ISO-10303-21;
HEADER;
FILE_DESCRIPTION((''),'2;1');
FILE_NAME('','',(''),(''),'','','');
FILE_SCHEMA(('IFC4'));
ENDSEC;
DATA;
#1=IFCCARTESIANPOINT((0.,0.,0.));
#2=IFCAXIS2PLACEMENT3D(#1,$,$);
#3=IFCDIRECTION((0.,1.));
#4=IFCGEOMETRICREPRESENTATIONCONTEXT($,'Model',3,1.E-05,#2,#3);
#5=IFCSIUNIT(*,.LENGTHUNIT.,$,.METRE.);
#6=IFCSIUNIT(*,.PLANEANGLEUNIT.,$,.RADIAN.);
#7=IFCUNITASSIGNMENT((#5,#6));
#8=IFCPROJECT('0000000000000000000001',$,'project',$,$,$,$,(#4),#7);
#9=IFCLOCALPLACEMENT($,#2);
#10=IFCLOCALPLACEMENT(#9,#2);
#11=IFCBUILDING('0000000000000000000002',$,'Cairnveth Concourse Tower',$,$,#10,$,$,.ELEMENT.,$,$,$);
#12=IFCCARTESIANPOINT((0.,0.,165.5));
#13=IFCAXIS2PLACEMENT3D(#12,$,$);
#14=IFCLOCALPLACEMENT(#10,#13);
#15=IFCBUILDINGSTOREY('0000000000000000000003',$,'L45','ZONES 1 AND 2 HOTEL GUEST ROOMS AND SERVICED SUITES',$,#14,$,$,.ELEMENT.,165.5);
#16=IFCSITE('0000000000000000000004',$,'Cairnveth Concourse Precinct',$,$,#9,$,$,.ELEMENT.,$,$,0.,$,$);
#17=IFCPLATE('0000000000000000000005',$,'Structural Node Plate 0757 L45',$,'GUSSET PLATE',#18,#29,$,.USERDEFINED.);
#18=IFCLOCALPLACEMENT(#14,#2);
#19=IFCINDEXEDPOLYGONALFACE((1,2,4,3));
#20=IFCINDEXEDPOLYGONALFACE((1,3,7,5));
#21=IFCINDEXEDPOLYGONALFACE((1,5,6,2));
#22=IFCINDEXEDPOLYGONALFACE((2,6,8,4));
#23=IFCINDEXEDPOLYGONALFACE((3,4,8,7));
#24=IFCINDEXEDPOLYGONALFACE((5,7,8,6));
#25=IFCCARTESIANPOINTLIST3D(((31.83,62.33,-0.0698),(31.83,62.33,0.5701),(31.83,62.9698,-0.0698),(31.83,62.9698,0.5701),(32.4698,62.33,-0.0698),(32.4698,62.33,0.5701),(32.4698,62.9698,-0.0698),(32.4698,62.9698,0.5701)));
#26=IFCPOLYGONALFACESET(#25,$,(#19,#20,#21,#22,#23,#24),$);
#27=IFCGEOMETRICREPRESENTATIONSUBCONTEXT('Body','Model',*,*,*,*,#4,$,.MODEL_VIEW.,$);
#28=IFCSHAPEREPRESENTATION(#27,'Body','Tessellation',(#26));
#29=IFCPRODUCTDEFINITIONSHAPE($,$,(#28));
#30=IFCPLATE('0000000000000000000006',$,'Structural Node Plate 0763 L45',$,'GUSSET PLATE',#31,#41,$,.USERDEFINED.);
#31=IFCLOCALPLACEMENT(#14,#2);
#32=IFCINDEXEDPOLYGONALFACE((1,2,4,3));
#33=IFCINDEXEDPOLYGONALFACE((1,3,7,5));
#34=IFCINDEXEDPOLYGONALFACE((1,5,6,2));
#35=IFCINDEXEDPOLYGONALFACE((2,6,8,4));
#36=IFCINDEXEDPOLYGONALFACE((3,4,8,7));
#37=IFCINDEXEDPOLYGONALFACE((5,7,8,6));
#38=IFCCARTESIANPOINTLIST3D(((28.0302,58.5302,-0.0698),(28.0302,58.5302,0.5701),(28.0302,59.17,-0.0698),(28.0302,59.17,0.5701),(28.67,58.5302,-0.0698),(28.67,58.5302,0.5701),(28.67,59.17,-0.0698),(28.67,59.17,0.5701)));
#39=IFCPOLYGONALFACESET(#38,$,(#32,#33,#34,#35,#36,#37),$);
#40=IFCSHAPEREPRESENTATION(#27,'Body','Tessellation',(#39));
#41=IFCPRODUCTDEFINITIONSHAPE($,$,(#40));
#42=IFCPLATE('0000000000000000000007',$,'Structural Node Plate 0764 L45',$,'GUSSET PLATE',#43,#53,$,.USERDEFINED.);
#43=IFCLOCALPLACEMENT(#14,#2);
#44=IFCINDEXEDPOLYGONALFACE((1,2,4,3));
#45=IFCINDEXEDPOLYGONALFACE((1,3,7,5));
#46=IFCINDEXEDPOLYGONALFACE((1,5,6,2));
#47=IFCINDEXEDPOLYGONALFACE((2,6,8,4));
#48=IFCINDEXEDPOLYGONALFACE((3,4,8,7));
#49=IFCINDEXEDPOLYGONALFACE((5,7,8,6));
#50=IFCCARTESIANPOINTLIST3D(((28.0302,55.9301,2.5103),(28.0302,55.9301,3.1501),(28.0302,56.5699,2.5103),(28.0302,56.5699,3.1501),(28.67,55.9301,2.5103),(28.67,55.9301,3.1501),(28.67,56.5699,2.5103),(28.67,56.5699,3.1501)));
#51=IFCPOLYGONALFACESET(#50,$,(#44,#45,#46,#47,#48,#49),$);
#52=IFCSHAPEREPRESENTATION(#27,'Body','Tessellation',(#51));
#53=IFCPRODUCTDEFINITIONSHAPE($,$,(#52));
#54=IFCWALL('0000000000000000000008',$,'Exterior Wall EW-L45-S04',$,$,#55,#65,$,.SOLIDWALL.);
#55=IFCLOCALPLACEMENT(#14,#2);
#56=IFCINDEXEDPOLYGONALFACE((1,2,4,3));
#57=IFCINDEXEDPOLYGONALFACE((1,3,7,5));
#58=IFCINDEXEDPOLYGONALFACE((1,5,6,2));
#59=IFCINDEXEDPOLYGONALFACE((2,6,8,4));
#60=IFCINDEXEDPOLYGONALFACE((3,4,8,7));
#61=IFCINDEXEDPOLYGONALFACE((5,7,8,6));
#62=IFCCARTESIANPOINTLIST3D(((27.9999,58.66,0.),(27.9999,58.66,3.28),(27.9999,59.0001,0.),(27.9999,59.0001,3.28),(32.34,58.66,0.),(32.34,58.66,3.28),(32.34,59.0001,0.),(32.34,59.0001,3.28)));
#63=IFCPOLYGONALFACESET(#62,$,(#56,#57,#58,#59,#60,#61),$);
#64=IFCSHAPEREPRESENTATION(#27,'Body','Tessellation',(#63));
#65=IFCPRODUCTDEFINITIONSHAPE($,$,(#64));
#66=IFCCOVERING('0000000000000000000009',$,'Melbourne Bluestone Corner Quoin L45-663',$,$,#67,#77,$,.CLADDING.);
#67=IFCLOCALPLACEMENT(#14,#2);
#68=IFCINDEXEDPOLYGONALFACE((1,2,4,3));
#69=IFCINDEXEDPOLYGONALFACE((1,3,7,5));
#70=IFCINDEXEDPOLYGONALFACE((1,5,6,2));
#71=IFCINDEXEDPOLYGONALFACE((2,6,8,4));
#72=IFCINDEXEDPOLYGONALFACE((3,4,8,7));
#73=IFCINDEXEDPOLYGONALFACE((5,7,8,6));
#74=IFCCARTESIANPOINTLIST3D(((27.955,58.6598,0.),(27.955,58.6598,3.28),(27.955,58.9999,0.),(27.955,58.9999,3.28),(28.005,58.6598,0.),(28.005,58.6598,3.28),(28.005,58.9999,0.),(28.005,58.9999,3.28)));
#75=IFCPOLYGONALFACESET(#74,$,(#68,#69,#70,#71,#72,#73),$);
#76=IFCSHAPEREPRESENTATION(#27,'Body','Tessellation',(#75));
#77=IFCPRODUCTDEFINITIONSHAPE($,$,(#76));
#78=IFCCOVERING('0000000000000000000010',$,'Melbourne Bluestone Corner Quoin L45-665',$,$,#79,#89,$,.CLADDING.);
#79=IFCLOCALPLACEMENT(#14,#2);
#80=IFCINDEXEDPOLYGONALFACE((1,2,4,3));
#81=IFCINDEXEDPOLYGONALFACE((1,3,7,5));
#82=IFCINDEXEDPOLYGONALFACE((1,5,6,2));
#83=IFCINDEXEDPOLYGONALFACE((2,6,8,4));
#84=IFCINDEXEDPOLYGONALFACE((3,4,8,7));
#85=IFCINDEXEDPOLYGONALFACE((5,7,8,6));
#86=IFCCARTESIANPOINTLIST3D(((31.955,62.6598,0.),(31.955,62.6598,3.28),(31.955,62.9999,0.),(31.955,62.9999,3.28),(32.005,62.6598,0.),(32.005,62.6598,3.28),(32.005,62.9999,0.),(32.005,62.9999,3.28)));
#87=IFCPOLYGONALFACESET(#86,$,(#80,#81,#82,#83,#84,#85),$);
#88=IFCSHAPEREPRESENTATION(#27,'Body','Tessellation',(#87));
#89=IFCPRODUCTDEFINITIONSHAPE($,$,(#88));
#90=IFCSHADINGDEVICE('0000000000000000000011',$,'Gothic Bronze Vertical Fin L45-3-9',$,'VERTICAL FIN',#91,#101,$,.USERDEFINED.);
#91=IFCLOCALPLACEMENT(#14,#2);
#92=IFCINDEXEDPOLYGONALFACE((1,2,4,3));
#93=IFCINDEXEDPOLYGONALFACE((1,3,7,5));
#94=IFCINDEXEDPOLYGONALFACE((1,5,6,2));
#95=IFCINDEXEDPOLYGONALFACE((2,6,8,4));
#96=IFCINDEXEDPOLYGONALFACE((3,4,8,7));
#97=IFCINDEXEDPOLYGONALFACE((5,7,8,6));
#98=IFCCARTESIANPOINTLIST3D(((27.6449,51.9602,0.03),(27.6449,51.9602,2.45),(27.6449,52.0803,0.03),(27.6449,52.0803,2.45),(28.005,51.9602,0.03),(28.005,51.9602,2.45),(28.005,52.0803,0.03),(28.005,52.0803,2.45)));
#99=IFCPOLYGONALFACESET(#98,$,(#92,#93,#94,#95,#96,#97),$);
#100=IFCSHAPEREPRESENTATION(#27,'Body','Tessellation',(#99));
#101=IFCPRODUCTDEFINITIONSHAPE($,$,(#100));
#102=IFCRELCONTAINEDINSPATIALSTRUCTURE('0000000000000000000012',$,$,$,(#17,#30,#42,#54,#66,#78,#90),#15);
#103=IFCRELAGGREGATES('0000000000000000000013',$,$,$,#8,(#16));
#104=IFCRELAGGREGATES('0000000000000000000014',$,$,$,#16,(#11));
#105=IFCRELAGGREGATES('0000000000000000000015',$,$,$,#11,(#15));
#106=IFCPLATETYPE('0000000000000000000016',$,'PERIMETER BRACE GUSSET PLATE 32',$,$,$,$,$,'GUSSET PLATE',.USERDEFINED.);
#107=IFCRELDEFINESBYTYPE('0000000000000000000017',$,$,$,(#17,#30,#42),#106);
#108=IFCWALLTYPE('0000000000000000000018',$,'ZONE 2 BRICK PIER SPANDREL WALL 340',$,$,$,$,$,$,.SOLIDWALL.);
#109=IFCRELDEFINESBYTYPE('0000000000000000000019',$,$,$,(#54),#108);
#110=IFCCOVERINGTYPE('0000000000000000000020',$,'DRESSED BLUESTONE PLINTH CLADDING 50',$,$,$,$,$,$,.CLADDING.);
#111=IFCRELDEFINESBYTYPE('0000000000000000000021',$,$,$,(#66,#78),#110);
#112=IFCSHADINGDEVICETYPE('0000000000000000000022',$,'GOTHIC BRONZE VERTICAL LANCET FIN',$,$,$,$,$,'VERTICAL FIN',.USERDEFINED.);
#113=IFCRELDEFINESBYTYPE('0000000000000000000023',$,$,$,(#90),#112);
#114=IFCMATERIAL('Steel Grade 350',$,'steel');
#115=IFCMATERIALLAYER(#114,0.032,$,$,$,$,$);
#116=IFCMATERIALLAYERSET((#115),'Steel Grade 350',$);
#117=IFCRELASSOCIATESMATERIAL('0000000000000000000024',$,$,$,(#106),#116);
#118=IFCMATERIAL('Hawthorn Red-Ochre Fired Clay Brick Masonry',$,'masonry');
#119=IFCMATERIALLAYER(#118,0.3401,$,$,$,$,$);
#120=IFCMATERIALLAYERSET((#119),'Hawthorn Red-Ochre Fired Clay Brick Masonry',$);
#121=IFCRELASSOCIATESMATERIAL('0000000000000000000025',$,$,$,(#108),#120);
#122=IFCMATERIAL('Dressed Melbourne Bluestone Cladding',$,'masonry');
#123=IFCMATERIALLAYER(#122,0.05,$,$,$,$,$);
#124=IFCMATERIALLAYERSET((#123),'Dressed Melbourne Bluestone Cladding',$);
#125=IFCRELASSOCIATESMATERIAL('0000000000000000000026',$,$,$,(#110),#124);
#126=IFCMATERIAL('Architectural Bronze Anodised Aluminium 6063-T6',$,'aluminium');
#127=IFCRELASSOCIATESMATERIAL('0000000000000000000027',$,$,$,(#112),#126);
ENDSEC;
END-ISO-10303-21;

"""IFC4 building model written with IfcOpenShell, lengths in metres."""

from ifc_helpers import new_model, si_unit, direction, frame, frame_2d, origin, origin_2d, place, context, subcontext, project, spatial, rectangle, extrude, material, layer, layer_set, type_object, element, save


model = new_model("IFC4")

# Units and contexts
model_context = context("Model", 3, precision=1e-05, world=origin(), true_north=direction((0.0, 1.0)))
body_context = subcontext(model_context, "Body", "Model", "MODEL_VIEW")
ifc_project = project(units=[si_unit("LENGTHUNIT", "METRE"), si_unit("PLANEANGLEUNIT", "RADIAN")], contexts=[model_context])

# Site, building, storey
site_placement = place(None, origin())
site = spatial("IfcSite", under=ifc_project, at=site_placement, Name="Cairnveth Concourse Precinct", CompositionType="ELEMENT", RefElevation=0.0)
building_placement = place(site_placement, origin())
building = spatial("IfcBuilding", under=site, at=building_placement, Name="Cairnveth Concourse Tower", CompositionType="ELEMENT")
storey_placement = place(building_placement, frame((0.0, 0.0, 165.5)))
storey = spatial("IfcBuildingStorey", under=building, at=storey_placement, Name="L45", Description="ZONES 1 AND 2 HOTEL GUEST ROOMS AND SERVICED SUITES", CompositionType="ELEMENT", Elevation=165.5)

# Shared definitions
ifc_material_1 = material(Name="Steel Grade 350", Category="steel")

# Plates
ifc_layer_1 = layer(ifc_material_1, 0.032)
ifc_layer_set_1 = layer_set([ifc_layer_1], Name="Steel Grade 350")
plate_type = type_object("IfcPlateType", Name="PERIMETER BRACE GUSSET PLATE 32", ElementType="GUSSET PLATE", PredefinedType="USERDEFINED", material=ifc_layer_set_1)
for number, where, z_axis, x_axis, name in (
    (1, (32.1499, 62.6499, -0.0698), (0.0, 0.0, 1.0), (1.0, 0.0, 0.0), "Structural Node Plate 0757 L45"),
    (2, (28.3501, 58.8501, -0.0698), (0.0, 0.0, 1.0), (1.0, 0.0, 0.0), "Structural Node Plate 0763 L45"),
    (3, (28.3501, 56.25, 2.5103), (0.0, 0.0, 1.0), (1.0, 0.0, 0.0), "Structural Node Plate 0764 L45"),
):
    element("IfcPlate", number, at=place(storey_placement, frame(where, z_axis=z_axis, x_axis=x_axis)), inside=storey, type_object=plate_type, Name=name, ObjectType="GUSSET PLATE", PredefinedType="USERDEFINED", context=body_context, shape_type="SweptSolid", body=[
        extrude(rectangle(XDim=0.6399, YDim=0.6399, at=origin_2d()), origin(), (0.0, 0.0, 1.0), 0.6399),
    ])

# Wall
ifc_material_2 = material(Name="Hawthorn Red-Ochre Fired Clay Brick Masonry", Category="masonry")
ifc_layer_2 = layer(ifc_material_2, 0.3401)
ifc_layer_set_2 = layer_set([ifc_layer_2], Name="Hawthorn Red-Ochre Fired Clay Brick Masonry")
wall_type = type_object("IfcWallType", Name="ZONE 2 BRICK PIER SPANDREL WALL 340", PredefinedType="SOLIDWALL", material=ifc_layer_set_2)
wall_1_placement = place(storey_placement, frame((28.0, 58.8301, 0.0), z_axis=(0.0, 0.0, 1.0), x_axis=(1.0, 0.0, 0.0)))
element("IfcWall", 4, at=wall_1_placement, inside=storey, type_object=wall_type, Name="Exterior Wall EW-L45-S04", PredefinedType="SOLIDWALL", context=body_context, shape_type="SweptSolid", body=[
    extrude(rectangle(XDim=4.3401, YDim=0.3401, at=frame_2d((2.1699, 0.0))), origin(), (0.0, 0.0, 1.0), 3.28),
])

# Coverings
ifc_material_3 = material(Name="Dressed Melbourne Bluestone Cladding", Category="masonry")
ifc_layer_3 = layer(ifc_material_3, 0.05)
ifc_layer_set_3 = layer_set([ifc_layer_3], Name="Dressed Melbourne Bluestone Cladding")
covering_type = type_object("IfcCoveringType", Name="DRESSED BLUESTONE PLINTH CLADDING 50", PredefinedType="CLADDING", material=ifc_layer_set_3)
for number, where, z_axis, x_axis, name in (
    (5, (27.98, 58.6599, 0.0), (0.0, 0.0, 1.0), (0.0, 1.0, 0.0), "Melbourne Bluestone Corner Quoin L45-663"),
    (6, (31.98, 62.6599, 0.0), (0.0, 0.0, 1.0), (0.0, 1.0, 0.0), "Melbourne Bluestone Corner Quoin L45-665"),
):
    element("IfcCovering", number, at=place(storey_placement, frame(where, z_axis=z_axis, x_axis=x_axis)), inside=storey, type_object=covering_type, Name=name, PredefinedType="CLADDING", context=body_context, shape_type="SweptSolid", body=[
        extrude(rectangle(XDim=0.3401, YDim=0.05, at=frame_2d((0.1699, 0.0))), origin(), (0.0, 0.0, 1.0), 3.28),
    ])

# Shading device
ifc_material_4 = material(Name="Architectural Bronze Anodised Aluminium 6063-T6", Category="aluminium")
shading_device_type = type_object("IfcShadingDeviceType", Name="GOTHIC BRONZE VERTICAL LANCET FIN", ElementType="VERTICAL FIN", PredefinedType="USERDEFINED", material=ifc_material_4)
shading_device_placement = place(storey_placement, frame((27.825, 52.0203, 0.03), z_axis=(0.0, 0.0, 1.0), x_axis=(0.0, 1.0, 0.0)))
element("IfcShadingDevice", 7, at=shading_device_placement, inside=storey, type_object=shading_device_type, Name="Gothic Bronze Vertical Fin L45-3-9", ObjectType="VERTICAL FIN", PredefinedType="USERDEFINED", context=body_context, shape_type="SweptSolid", body=[
    extrude(rectangle(XDim=0.1201, YDim=0.3601, at=origin_2d()), origin(), (0.0, 0.0, 1.0), 2.4199),
])

save(model, "model.ifc")
